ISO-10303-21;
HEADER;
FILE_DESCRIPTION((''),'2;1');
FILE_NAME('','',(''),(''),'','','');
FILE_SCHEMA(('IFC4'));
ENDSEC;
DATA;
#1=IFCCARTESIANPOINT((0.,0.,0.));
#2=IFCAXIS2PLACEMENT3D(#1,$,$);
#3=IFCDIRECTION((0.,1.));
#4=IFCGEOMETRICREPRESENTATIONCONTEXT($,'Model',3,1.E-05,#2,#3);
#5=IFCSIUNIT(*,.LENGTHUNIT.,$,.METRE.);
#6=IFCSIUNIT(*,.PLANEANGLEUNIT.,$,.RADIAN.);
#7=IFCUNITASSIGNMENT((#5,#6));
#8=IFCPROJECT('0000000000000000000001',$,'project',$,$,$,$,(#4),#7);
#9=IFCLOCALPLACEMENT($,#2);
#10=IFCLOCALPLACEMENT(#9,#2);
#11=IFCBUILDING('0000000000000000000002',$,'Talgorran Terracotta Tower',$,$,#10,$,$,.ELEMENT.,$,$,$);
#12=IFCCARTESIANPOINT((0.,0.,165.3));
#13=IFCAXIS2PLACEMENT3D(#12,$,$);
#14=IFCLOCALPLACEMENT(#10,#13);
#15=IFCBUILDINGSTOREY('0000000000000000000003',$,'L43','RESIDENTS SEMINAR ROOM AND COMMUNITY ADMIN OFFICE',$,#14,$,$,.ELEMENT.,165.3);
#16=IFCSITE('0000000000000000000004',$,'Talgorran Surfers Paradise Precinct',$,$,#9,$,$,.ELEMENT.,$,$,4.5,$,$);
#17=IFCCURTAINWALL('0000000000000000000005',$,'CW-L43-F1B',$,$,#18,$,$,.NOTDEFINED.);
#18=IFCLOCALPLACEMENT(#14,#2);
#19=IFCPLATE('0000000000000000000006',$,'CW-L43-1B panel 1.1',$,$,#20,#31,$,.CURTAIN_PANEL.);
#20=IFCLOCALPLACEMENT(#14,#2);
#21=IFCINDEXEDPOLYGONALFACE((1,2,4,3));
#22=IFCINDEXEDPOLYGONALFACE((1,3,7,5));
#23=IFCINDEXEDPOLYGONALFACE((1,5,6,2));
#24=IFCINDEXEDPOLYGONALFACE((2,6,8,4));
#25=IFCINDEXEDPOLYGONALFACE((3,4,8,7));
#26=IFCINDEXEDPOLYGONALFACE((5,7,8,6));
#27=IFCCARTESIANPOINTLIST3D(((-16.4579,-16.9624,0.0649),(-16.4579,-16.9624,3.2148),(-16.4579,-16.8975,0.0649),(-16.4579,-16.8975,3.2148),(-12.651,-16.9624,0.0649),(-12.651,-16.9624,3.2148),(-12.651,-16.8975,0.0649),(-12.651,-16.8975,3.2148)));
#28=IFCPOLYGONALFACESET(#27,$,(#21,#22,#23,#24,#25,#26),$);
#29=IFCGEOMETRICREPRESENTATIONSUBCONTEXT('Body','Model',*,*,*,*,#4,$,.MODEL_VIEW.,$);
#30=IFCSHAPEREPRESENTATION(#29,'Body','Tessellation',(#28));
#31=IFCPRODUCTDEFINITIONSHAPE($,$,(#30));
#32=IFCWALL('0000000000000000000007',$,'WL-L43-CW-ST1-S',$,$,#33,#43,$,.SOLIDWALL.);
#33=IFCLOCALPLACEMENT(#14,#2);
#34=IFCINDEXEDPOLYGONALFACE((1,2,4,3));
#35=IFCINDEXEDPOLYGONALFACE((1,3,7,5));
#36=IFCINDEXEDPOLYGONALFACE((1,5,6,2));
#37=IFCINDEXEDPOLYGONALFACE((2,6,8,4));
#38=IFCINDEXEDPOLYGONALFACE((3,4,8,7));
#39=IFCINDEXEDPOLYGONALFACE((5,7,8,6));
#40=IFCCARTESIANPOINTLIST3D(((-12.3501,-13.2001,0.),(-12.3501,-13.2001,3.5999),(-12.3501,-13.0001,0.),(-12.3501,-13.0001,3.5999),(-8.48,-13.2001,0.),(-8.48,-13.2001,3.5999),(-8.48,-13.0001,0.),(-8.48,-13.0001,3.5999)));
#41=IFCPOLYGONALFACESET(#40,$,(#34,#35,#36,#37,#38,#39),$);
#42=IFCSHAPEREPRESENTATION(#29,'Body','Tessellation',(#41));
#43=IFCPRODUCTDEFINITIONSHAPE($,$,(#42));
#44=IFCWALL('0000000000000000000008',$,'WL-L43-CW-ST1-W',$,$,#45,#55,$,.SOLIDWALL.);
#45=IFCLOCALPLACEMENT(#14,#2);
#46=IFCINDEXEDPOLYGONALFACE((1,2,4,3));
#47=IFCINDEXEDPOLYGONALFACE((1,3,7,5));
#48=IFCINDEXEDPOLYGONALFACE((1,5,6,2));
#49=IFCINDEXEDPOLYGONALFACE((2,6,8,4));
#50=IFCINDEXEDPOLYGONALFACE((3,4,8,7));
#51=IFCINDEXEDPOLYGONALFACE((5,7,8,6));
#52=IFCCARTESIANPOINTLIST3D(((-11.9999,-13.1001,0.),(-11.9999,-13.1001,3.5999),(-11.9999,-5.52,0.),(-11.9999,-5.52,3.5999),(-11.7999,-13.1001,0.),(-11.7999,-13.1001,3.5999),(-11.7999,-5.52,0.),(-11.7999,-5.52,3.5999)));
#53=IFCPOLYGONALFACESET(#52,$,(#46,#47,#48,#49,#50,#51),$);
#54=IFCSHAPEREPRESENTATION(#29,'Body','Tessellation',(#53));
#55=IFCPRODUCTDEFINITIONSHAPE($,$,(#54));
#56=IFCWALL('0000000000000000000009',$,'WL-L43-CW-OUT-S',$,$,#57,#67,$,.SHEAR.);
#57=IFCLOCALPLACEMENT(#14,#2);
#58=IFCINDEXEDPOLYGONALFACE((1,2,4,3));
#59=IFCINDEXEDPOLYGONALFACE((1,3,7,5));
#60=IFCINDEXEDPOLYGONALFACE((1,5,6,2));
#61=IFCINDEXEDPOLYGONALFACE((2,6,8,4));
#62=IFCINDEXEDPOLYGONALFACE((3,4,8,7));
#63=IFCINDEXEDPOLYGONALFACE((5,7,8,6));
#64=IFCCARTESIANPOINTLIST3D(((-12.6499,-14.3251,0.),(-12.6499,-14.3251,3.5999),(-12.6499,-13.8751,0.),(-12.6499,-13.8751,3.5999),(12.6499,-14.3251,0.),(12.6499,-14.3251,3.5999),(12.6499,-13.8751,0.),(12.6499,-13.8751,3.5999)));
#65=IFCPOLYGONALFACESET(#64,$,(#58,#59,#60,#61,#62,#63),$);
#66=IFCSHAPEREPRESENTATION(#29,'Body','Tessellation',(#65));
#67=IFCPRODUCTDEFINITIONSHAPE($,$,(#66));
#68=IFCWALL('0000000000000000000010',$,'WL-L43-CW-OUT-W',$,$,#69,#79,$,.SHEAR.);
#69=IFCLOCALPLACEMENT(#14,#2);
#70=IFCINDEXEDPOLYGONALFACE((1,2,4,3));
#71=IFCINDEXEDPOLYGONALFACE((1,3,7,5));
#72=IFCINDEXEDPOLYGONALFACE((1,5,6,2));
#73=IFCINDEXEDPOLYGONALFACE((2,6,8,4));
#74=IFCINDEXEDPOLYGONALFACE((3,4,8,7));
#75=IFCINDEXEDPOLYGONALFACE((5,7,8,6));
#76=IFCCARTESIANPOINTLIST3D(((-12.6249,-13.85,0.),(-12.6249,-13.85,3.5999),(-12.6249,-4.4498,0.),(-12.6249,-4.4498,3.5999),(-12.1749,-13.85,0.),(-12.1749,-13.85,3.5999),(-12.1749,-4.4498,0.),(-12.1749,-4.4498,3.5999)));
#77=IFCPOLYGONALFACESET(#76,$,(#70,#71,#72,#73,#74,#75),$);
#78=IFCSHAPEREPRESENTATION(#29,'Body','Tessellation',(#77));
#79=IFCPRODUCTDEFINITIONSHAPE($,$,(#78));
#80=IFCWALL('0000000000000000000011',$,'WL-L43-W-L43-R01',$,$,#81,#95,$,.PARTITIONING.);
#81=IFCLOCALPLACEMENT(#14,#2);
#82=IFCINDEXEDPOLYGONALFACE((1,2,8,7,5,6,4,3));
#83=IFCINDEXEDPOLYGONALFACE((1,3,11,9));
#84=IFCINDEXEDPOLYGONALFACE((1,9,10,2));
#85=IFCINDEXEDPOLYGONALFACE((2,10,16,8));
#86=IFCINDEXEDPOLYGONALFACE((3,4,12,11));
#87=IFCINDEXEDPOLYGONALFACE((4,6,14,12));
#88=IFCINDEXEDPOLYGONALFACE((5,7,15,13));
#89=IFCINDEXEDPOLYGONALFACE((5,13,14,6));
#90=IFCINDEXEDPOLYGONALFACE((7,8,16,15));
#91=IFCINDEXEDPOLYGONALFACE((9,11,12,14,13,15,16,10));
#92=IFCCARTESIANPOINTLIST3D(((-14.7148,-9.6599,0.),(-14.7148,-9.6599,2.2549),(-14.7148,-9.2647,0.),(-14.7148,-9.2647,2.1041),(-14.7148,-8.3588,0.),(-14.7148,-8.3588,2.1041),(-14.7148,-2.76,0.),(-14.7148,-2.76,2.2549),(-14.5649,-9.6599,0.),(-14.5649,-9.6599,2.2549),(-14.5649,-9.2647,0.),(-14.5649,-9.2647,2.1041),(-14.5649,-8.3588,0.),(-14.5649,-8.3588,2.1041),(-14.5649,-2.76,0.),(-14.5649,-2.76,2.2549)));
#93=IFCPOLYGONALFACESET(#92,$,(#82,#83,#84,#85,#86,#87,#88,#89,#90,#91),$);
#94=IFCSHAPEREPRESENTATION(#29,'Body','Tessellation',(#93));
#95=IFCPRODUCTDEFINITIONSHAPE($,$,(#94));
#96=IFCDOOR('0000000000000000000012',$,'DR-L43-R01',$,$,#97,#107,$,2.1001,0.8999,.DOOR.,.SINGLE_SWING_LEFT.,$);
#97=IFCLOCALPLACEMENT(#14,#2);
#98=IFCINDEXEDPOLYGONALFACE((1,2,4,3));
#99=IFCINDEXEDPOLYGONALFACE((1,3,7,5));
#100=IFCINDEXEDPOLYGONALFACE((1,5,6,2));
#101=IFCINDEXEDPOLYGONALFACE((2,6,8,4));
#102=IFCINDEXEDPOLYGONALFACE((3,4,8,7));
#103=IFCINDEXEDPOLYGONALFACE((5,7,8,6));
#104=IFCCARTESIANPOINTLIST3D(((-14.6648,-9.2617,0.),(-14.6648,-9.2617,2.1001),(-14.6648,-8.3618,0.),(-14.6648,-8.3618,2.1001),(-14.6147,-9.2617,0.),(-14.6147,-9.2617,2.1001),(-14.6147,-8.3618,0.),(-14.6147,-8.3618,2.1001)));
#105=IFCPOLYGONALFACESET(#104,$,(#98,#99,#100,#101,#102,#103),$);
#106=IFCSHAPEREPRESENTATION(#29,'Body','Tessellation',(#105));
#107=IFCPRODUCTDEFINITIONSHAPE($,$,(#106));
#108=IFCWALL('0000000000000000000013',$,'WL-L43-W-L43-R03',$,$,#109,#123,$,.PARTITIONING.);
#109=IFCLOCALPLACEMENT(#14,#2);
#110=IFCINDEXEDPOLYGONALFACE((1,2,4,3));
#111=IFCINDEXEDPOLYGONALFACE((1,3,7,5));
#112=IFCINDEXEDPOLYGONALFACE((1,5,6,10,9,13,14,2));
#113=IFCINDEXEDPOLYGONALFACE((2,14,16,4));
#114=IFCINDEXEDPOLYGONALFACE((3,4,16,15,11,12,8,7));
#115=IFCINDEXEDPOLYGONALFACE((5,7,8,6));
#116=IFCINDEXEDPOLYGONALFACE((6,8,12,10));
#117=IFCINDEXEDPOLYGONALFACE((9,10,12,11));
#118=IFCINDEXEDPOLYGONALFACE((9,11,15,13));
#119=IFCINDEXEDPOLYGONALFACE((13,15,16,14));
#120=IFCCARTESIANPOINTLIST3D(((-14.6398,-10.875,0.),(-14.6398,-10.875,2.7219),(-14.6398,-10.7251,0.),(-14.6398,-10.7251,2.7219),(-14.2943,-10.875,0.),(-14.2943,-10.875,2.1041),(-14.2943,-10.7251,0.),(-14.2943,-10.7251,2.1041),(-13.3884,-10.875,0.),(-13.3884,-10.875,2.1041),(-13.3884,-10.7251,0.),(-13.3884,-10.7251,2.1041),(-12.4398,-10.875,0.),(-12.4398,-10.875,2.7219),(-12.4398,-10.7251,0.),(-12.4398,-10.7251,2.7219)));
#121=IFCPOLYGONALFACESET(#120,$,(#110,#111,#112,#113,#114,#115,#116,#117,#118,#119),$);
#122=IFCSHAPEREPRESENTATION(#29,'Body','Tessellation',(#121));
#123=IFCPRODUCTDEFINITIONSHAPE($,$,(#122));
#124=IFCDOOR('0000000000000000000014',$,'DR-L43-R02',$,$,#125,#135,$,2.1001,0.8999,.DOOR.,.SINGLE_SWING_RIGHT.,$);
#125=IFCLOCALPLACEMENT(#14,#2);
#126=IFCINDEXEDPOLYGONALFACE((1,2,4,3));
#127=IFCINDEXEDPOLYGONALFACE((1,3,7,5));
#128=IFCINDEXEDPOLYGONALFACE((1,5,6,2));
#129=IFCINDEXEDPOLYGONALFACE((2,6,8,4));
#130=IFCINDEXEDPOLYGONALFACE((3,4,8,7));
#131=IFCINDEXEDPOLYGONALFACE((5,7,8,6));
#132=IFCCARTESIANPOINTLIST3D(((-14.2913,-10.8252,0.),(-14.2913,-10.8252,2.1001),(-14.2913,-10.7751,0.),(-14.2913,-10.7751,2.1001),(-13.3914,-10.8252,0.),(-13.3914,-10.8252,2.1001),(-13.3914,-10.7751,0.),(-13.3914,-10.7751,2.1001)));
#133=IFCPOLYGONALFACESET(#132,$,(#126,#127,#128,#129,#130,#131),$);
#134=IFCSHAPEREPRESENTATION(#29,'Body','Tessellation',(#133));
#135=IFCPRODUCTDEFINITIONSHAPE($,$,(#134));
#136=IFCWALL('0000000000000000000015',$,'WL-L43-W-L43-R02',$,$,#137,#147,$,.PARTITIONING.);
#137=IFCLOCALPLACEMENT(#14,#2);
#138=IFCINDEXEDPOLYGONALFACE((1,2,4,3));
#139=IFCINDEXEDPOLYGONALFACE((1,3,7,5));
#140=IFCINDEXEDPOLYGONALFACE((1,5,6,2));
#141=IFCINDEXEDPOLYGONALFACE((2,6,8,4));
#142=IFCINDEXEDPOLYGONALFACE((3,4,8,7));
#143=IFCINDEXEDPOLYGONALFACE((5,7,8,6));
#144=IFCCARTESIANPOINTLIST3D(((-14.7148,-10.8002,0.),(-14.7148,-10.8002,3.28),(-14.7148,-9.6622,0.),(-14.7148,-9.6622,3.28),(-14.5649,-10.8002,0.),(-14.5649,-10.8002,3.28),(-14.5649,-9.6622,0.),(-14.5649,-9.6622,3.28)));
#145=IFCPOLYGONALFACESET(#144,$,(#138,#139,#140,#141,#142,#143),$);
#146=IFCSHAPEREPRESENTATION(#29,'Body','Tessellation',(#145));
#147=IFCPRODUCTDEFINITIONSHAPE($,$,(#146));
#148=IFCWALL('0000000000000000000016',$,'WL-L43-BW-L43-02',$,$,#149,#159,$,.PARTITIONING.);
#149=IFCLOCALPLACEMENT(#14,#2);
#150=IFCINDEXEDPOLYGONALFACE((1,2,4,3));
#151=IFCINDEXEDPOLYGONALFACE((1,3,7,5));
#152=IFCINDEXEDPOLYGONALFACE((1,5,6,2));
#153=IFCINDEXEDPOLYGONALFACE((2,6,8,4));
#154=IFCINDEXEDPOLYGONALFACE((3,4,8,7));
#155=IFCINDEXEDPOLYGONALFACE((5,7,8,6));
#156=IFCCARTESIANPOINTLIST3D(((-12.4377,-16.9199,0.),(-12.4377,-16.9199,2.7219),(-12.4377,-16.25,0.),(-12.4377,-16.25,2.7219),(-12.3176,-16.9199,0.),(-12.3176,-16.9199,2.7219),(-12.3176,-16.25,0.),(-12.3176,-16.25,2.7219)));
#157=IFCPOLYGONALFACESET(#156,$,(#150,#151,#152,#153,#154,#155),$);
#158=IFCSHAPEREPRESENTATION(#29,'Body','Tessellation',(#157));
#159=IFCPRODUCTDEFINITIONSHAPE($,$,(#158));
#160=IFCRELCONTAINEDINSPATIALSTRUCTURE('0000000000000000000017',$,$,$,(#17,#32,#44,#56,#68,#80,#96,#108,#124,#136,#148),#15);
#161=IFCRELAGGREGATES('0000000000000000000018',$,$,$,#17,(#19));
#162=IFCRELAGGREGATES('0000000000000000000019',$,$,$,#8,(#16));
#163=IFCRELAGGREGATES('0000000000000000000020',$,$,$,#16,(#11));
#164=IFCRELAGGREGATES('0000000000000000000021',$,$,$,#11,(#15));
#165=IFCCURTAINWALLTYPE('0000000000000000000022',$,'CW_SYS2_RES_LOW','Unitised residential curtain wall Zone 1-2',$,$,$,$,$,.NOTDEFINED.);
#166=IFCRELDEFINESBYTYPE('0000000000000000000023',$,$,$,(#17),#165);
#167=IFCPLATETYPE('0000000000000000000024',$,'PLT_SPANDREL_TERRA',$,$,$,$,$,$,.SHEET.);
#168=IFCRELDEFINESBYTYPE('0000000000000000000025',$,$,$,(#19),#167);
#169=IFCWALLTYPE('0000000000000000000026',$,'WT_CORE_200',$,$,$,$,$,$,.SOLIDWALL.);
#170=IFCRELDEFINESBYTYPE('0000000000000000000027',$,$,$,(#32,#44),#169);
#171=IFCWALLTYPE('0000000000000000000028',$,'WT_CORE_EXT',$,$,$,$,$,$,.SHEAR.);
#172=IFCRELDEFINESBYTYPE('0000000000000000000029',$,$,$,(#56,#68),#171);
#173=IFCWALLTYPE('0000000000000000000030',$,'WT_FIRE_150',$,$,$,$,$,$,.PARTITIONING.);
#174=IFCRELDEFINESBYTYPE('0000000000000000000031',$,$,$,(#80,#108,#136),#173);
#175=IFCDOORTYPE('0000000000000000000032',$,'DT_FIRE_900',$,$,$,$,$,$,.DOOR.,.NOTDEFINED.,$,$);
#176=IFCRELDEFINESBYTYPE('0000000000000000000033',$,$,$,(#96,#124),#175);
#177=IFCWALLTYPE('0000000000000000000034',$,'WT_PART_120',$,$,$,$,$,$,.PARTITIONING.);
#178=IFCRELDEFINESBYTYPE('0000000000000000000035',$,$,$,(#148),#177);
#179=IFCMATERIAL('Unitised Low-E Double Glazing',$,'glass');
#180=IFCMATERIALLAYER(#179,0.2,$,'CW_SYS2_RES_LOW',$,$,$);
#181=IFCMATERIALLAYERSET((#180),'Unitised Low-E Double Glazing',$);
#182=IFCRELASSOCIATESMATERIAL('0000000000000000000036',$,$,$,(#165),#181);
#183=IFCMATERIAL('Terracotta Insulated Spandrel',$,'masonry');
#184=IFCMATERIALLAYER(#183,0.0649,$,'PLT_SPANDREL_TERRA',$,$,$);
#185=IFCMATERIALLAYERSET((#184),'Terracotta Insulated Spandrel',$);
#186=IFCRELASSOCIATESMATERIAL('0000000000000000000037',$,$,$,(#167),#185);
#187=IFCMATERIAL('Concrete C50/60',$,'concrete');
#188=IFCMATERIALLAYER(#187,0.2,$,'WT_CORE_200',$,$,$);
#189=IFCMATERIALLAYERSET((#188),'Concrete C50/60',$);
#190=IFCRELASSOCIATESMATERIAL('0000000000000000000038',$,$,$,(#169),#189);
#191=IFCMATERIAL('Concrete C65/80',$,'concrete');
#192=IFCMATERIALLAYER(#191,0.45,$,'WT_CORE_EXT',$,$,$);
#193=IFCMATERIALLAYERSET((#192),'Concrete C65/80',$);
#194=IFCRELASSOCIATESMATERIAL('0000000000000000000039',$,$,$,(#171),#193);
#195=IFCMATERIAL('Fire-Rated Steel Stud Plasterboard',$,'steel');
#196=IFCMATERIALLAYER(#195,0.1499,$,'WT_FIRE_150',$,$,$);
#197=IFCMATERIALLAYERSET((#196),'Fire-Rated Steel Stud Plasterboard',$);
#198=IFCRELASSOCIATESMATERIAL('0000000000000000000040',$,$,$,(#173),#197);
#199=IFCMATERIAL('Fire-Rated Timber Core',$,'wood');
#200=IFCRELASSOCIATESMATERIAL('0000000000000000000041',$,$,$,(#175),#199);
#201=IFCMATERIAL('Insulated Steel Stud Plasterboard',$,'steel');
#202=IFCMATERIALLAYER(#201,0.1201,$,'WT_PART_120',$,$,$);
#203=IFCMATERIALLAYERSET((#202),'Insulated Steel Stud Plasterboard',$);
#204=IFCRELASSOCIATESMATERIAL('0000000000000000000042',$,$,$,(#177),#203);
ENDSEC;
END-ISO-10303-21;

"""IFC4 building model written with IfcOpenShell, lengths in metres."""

from ifc_helpers import new_model, si_unit, direction, frame, frame_2d, origin, origin_2d, place, context, subcontext, project, spatial, rectangle, extrude, source, transform, mapped, material, layer, layer_set, type_object, type_shapes, element, fill, aggregate, save


model = new_model("IFC4")

# Units and contexts
model_context = context("Model", 3, precision=1e-05, world=origin(), true_north=direction((0.0, 1.0)))
body_context = subcontext(model_context, "Body", "Model", "MODEL_VIEW")
ifc_project = project(units=[si_unit("LENGTHUNIT", "METRE"), si_unit("PLANEANGLEUNIT", "RADIAN")], contexts=[model_context])

# Site, building, storey
site_placement = place(None, origin())
site = spatial("IfcSite", under=ifc_project, at=site_placement, Name="Talgorran Surfers Paradise Precinct", CompositionType="ELEMENT", RefElevation=4.5)
building_placement = place(site_placement, origin())
building = spatial("IfcBuilding", under=site, at=building_placement, Name="Talgorran Terracotta Tower", CompositionType="ELEMENT")
storey_placement = place(building_placement, frame((0.0, 0.0, 165.3)))
storey = spatial("IfcBuildingStorey", under=building, at=storey_placement, Name="L43", Description="RESIDENTS SEMINAR ROOM AND COMMUNITY ADMIN OFFICE", CompositionType="ELEMENT", Elevation=165.3)

# Curtain wall
ifc_material_1 = material(Name="Unitised Low-E Double Glazing", Category="glass")
ifc_layer_1 = layer(ifc_material_1, 0.2, Name="CW_SYS2_RES_LOW")
ifc_layer_set_1 = layer_set([ifc_layer_1], Name="Unitised Low-E Double Glazing")
curtain_wall_type = type_object("IfcCurtainWallType", Name="CW_SYS2_RES_LOW", Description="Unitised residential curtain wall Zone 1-2", PredefinedType="NOTDEFINED", material=ifc_layer_set_1)
curtain_wall_1_placement = place(storey_placement, origin())
curtain_wall_1 = element("IfcCurtainWall", 1, at=curtain_wall_1_placement, inside=storey, type_object=curtain_wall_type, Name="CW-L43-F1B", PredefinedType="NOTDEFINED")

# Plate
ifc_material_2 = material(Name="Terracotta Insulated Spandrel", Category="masonry")
ifc_layer_2 = layer(ifc_material_2, 0.0649, Name="PLT_SPANDREL_TERRA")
ifc_layer_set_2 = layer_set([ifc_layer_2], Name="Terracotta Insulated Spandrel")
plate_type_1 = type_object("IfcPlateType", Name="PLT_SPANDREL_TERRA", PredefinedType="SHEET", material=ifc_layer_set_2)
shared_shape = source(origin(), body_context, "Body", "SweptSolid", [
    extrude(rectangle(XDim=3.8069, YDim=0.0649, at=origin_2d()), origin(), (0.0, 0.0, 1.0), 3.1499),
])
type_shapes(plate_type_1, [shared_shape])
plate_1_placement = place(storey_placement, frame((-14.5544, -16.9299, 0.0649), z_axis=(0.0, 0.0, 1.0), x_axis=(1.0, 0.0, 0.0)))
plate_1 = element("IfcPlate", 2, at=plate_1_placement, type_object=plate_type_1, Name="CW-L43-1B panel 1.1", PredefinedType="CURTAIN_PANEL", context=body_context, shape_type="MappedRepresentation", body=[
    mapped(shared_shape, transform((0.0, 0.0, 0.0), scale=1.0)),
])
aggregate(curtain_wall_1, [plate_1])

# Walls
ifc_material_3 = material(Name="Concrete C50/60", Category="concrete")
ifc_layer_3 = layer(ifc_material_3, 0.2, Name="WT_CORE_200")
ifc_layer_set_3 = layer_set([ifc_layer_3], Name="Concrete C50/60")
wall_type_1 = type_object("IfcWallType", Name="WT_CORE_200", PredefinedType="SOLIDWALL", material=ifc_layer_set_3)
wall_1_placement = place(storey_placement, frame((-12.3501, -13.1001, 0.0), z_axis=(0.0, 0.0, 1.0), x_axis=(1.0, 0.0, 0.0)))
element("IfcWall", 3, at=wall_1_placement, inside=storey, type_object=wall_type_1, Name="WL-L43-CW-ST1-S", PredefinedType="SOLIDWALL", context=body_context, shape_type="SweptSolid", body=[
    extrude(rectangle(XDim=3.8701, YDim=0.2, at=frame_2d((1.9351, 0.0))), origin(), (0.0, 0.0, 1.0), 3.5999),
])
wall_2_placement = place(storey_placement, frame((-11.8999, -13.1001, 0.0), z_axis=(0.0, 0.0, 1.0), x_axis=(0.0, 1.0, 0.0)))
element("IfcWall", 4, at=wall_2_placement, inside=storey, type_object=wall_type_1, Name="WL-L43-CW-ST1-W", PredefinedType="SOLIDWALL", context=body_context, shape_type="SweptSolid", body=[
    extrude(rectangle(XDim=7.5801, YDim=0.2, at=frame_2d((3.79, 0.0))), origin(), (0.0, 0.0, 1.0), 3.5999),
])
ifc_material_4 = material(Name="Concrete C65/80", Category="concrete")
ifc_layer_4 = layer(ifc_material_4, 0.45, Name="WT_CORE_EXT")
ifc_layer_set_4 = layer_set([ifc_layer_4], Name="Concrete C65/80")
wall_type_2 = type_object("IfcWallType", Name="WT_CORE_EXT", PredefinedType="SHEAR", material=ifc_layer_set_4)
wall_3_placement = place(storey_placement, frame((-12.6499, -14.1001, 0.0), z_axis=(0.0, 0.0, 1.0), x_axis=(1.0, 0.0, 0.0)))
element("IfcWall", 5, at=wall_3_placement, inside=storey, type_object=wall_type_2, Name="WL-L43-CW-OUT-S", PredefinedType="SHEAR", context=body_context, shape_type="SweptSolid", body=[
    extrude(rectangle(XDim=25.2998, YDim=0.45, at=frame_2d((12.6499, 0.0))), origin(), (0.0, 0.0, 1.0), 3.5999),
])
wall_4_placement = place(storey_placement, frame((-12.3999, -13.8501, 0.0), z_axis=(0.0, 0.0, 1.0), x_axis=(0.0, 1.0, 0.0)))
element("IfcWall", 6, at=wall_4_placement, inside=storey, type_object=wall_type_2, Name="WL-L43-CW-OUT-W", PredefinedType="SHEAR", context=body_context, shape_type="SweptSolid", body=[
    extrude(rectangle(XDim=9.4001, YDim=0.45, at=frame_2d((4.7002, 0.0))), origin(), (0.0, 0.0, 1.0), 3.5999),
])

# Walls, openings, doors
ifc_material_5 = material(Name="Fire-Rated Steel Stud Plasterboard", Category="steel")
ifc_layer_5 = layer(ifc_material_5, 0.1499, Name="WT_FIRE_150")
ifc_layer_set_5 = layer_set([ifc_layer_5], Name="Fire-Rated Steel Stud Plasterboard")
wall_type_3 = type_object("IfcWallType", Name="WT_FIRE_150", PredefinedType="PARTITIONING", material=ifc_layer_set_5)
wall_5_placement = place(storey_placement, frame((-14.6399, -9.6599, 0.0), z_axis=(0.0, 0.0, 1.0), x_axis=(0.0, 1.0, 0.0)))
wall_5 = element("IfcWall", 7, at=wall_5_placement, inside=storey, type_object=wall_type_3, Name="WL-L43-W-L43-R01", PredefinedType="PARTITIONING", context=body_context, shape_type="SweptSolid", body=[
    extrude(rectangle(XDim=6.8999, YDim=0.1499, at=frame_2d((3.45, 0.0))), origin(), (0.0, 0.0, 1.0), 2.2549),
])
opening_1_placement = place(wall_5_placement, frame((0.3982, 0.0, 0.0)))
opening_1 = element("IfcOpeningElement", 8, at=opening_1_placement, cuts=wall_5, PredefinedType="OPENING", context=body_context, shape_type="SweptSolid", body=[
    extrude(rectangle(XDim=0.9059, YDim=2.1041, at=frame_2d((0.45, 1.052))), frame((0.0, 0.085, 0.0), z_axis=(0.0, -1.0, 0.0), x_axis=(1.0, 0.0, 0.0)), (0.0, 0.0, 1.0), 0.1699),
])
ifc_material_6 = material(Name="Fire-Rated Timber Core", Category="wood")
door_type = type_object("IfcDoorType", Name="DT_FIRE_900", OperationType="NOTDEFINED", PredefinedType="DOOR", material=ifc_material_6)
door_1_placement = place(opening_1_placement, origin())
door_1 = element("IfcDoor", 9, at=door_1_placement, inside=storey, type_object=door_type, Name="DR-L43-R01", OperationType="SINGLE_SWING_LEFT", OverallHeight=2.1001, OverallWidth=0.8999, PredefinedType="DOOR", context=body_context, shape_type="SweptSolid", body=[
    extrude(rectangle(XDim=0.8999, YDim=2.1001, at=frame_2d((0.45, 1.05))), frame((0.0, 0.0249, 0.0), z_axis=(0.0, -1.0, 0.0), x_axis=(1.0, 0.0, 0.0)), (0.0, 0.0, 1.0), 0.05),
])
fill(opening_1, door_1)
wall_6_placement = place(storey_placement, frame((-14.6399, -10.8, 0.0), z_axis=(0.0, 0.0, 1.0), x_axis=(1.0, 0.0, 0.0)))
wall_6 = element("IfcWall", 10, at=wall_6_placement, inside=storey, type_object=wall_type_3, Name="WL-L43-W-L43-R03", PredefinedType="PARTITIONING", context=body_context, shape_type="SweptSolid", body=[
    extrude(rectangle(XDim=2.2, YDim=0.1499, at=frame_2d((1.1001, 0.0))), origin(), (0.0, 0.0, 1.0), 2.7219),
])
opening_2_placement = place(wall_6_placement, frame((0.3486, 0.0, 0.0)))
opening_2 = element("IfcOpeningElement", 11, at=opening_2_placement, cuts=wall_6, PredefinedType="OPENING", context=body_context, shape_type="SweptSolid", body=[
    extrude(rectangle(XDim=0.9059, YDim=2.1041, at=frame_2d((0.45, 1.052))), frame((0.0, 0.085, 0.0), z_axis=(0.0, -1.0, 0.0), x_axis=(1.0, 0.0, 0.0)), (0.0, 0.0, 1.0), 0.1699),
])
door_2_placement = place(opening_2_placement, origin())
door_2 = element("IfcDoor", 12, at=door_2_placement, inside=storey, type_object=door_type, Name="DR-L43-R02", OperationType="SINGLE_SWING_RIGHT", OverallHeight=2.1001, OverallWidth=0.8999, PredefinedType="DOOR", context=body_context, shape_type="SweptSolid", body=[
    extrude(rectangle(XDim=0.8999, YDim=2.1001, at=frame_2d((0.45, 1.05))), frame((0.0, 0.0249, 0.0), z_axis=(0.0, -1.0, 0.0), x_axis=(1.0, 0.0, 0.0)), (0.0, 0.0, 1.0), 0.05),
])
fill(opening_2, door_2)

# Walls
wall_7_placement = place(storey_placement, frame((-14.6399, -10.8, 0.0), z_axis=(0.0, 0.0, 1.0), x_axis=(0.0, 1.0, 0.0)))
element("IfcWall", 13, at=wall_7_placement, inside=storey, type_object=wall_type_3, Name="WL-L43-W-L43-R02", PredefinedType="PARTITIONING", context=body_context, shape_type="SweptSolid", body=[
    extrude(rectangle(XDim=1.1379, YDim=0.1499, at=frame_2d((0.5688, 0.0))), origin(), (0.0, 0.0, 1.0), 3.28),
])
ifc_material_7 = material(Name="Insulated Steel Stud Plasterboard", Category="steel")
ifc_layer_6 = layer(ifc_material_7, 0.1201, Name="WT_PART_120")
ifc_layer_set_6 = layer_set([ifc_layer_6], Name="Insulated Steel Stud Plasterboard")
wall_type_4 = type_object("IfcWallType", Name="WT_PART_120", PredefinedType="PARTITIONING", material=ifc_layer_set_6)
wall_8_placement = place(storey_placement, frame((-12.3777, -16.25, 0.0), z_axis=(0.0, 0.0, 1.0), x_axis=(0.0, -1.0, 0.0)))
element("IfcWall", 14, at=wall_8_placement, inside=storey, type_object=wall_type_4, Name="WL-L43-BW-L43-02", PredefinedType="PARTITIONING", context=body_context, shape_type="SweptSolid", body=[
    extrude(rectangle(XDim=0.6699, YDim=0.1201, at=frame_2d((0.335, 0.0))), origin(), (0.0, 0.0, 1.0), 2.7219),
])

save(model, "model.ifc")
